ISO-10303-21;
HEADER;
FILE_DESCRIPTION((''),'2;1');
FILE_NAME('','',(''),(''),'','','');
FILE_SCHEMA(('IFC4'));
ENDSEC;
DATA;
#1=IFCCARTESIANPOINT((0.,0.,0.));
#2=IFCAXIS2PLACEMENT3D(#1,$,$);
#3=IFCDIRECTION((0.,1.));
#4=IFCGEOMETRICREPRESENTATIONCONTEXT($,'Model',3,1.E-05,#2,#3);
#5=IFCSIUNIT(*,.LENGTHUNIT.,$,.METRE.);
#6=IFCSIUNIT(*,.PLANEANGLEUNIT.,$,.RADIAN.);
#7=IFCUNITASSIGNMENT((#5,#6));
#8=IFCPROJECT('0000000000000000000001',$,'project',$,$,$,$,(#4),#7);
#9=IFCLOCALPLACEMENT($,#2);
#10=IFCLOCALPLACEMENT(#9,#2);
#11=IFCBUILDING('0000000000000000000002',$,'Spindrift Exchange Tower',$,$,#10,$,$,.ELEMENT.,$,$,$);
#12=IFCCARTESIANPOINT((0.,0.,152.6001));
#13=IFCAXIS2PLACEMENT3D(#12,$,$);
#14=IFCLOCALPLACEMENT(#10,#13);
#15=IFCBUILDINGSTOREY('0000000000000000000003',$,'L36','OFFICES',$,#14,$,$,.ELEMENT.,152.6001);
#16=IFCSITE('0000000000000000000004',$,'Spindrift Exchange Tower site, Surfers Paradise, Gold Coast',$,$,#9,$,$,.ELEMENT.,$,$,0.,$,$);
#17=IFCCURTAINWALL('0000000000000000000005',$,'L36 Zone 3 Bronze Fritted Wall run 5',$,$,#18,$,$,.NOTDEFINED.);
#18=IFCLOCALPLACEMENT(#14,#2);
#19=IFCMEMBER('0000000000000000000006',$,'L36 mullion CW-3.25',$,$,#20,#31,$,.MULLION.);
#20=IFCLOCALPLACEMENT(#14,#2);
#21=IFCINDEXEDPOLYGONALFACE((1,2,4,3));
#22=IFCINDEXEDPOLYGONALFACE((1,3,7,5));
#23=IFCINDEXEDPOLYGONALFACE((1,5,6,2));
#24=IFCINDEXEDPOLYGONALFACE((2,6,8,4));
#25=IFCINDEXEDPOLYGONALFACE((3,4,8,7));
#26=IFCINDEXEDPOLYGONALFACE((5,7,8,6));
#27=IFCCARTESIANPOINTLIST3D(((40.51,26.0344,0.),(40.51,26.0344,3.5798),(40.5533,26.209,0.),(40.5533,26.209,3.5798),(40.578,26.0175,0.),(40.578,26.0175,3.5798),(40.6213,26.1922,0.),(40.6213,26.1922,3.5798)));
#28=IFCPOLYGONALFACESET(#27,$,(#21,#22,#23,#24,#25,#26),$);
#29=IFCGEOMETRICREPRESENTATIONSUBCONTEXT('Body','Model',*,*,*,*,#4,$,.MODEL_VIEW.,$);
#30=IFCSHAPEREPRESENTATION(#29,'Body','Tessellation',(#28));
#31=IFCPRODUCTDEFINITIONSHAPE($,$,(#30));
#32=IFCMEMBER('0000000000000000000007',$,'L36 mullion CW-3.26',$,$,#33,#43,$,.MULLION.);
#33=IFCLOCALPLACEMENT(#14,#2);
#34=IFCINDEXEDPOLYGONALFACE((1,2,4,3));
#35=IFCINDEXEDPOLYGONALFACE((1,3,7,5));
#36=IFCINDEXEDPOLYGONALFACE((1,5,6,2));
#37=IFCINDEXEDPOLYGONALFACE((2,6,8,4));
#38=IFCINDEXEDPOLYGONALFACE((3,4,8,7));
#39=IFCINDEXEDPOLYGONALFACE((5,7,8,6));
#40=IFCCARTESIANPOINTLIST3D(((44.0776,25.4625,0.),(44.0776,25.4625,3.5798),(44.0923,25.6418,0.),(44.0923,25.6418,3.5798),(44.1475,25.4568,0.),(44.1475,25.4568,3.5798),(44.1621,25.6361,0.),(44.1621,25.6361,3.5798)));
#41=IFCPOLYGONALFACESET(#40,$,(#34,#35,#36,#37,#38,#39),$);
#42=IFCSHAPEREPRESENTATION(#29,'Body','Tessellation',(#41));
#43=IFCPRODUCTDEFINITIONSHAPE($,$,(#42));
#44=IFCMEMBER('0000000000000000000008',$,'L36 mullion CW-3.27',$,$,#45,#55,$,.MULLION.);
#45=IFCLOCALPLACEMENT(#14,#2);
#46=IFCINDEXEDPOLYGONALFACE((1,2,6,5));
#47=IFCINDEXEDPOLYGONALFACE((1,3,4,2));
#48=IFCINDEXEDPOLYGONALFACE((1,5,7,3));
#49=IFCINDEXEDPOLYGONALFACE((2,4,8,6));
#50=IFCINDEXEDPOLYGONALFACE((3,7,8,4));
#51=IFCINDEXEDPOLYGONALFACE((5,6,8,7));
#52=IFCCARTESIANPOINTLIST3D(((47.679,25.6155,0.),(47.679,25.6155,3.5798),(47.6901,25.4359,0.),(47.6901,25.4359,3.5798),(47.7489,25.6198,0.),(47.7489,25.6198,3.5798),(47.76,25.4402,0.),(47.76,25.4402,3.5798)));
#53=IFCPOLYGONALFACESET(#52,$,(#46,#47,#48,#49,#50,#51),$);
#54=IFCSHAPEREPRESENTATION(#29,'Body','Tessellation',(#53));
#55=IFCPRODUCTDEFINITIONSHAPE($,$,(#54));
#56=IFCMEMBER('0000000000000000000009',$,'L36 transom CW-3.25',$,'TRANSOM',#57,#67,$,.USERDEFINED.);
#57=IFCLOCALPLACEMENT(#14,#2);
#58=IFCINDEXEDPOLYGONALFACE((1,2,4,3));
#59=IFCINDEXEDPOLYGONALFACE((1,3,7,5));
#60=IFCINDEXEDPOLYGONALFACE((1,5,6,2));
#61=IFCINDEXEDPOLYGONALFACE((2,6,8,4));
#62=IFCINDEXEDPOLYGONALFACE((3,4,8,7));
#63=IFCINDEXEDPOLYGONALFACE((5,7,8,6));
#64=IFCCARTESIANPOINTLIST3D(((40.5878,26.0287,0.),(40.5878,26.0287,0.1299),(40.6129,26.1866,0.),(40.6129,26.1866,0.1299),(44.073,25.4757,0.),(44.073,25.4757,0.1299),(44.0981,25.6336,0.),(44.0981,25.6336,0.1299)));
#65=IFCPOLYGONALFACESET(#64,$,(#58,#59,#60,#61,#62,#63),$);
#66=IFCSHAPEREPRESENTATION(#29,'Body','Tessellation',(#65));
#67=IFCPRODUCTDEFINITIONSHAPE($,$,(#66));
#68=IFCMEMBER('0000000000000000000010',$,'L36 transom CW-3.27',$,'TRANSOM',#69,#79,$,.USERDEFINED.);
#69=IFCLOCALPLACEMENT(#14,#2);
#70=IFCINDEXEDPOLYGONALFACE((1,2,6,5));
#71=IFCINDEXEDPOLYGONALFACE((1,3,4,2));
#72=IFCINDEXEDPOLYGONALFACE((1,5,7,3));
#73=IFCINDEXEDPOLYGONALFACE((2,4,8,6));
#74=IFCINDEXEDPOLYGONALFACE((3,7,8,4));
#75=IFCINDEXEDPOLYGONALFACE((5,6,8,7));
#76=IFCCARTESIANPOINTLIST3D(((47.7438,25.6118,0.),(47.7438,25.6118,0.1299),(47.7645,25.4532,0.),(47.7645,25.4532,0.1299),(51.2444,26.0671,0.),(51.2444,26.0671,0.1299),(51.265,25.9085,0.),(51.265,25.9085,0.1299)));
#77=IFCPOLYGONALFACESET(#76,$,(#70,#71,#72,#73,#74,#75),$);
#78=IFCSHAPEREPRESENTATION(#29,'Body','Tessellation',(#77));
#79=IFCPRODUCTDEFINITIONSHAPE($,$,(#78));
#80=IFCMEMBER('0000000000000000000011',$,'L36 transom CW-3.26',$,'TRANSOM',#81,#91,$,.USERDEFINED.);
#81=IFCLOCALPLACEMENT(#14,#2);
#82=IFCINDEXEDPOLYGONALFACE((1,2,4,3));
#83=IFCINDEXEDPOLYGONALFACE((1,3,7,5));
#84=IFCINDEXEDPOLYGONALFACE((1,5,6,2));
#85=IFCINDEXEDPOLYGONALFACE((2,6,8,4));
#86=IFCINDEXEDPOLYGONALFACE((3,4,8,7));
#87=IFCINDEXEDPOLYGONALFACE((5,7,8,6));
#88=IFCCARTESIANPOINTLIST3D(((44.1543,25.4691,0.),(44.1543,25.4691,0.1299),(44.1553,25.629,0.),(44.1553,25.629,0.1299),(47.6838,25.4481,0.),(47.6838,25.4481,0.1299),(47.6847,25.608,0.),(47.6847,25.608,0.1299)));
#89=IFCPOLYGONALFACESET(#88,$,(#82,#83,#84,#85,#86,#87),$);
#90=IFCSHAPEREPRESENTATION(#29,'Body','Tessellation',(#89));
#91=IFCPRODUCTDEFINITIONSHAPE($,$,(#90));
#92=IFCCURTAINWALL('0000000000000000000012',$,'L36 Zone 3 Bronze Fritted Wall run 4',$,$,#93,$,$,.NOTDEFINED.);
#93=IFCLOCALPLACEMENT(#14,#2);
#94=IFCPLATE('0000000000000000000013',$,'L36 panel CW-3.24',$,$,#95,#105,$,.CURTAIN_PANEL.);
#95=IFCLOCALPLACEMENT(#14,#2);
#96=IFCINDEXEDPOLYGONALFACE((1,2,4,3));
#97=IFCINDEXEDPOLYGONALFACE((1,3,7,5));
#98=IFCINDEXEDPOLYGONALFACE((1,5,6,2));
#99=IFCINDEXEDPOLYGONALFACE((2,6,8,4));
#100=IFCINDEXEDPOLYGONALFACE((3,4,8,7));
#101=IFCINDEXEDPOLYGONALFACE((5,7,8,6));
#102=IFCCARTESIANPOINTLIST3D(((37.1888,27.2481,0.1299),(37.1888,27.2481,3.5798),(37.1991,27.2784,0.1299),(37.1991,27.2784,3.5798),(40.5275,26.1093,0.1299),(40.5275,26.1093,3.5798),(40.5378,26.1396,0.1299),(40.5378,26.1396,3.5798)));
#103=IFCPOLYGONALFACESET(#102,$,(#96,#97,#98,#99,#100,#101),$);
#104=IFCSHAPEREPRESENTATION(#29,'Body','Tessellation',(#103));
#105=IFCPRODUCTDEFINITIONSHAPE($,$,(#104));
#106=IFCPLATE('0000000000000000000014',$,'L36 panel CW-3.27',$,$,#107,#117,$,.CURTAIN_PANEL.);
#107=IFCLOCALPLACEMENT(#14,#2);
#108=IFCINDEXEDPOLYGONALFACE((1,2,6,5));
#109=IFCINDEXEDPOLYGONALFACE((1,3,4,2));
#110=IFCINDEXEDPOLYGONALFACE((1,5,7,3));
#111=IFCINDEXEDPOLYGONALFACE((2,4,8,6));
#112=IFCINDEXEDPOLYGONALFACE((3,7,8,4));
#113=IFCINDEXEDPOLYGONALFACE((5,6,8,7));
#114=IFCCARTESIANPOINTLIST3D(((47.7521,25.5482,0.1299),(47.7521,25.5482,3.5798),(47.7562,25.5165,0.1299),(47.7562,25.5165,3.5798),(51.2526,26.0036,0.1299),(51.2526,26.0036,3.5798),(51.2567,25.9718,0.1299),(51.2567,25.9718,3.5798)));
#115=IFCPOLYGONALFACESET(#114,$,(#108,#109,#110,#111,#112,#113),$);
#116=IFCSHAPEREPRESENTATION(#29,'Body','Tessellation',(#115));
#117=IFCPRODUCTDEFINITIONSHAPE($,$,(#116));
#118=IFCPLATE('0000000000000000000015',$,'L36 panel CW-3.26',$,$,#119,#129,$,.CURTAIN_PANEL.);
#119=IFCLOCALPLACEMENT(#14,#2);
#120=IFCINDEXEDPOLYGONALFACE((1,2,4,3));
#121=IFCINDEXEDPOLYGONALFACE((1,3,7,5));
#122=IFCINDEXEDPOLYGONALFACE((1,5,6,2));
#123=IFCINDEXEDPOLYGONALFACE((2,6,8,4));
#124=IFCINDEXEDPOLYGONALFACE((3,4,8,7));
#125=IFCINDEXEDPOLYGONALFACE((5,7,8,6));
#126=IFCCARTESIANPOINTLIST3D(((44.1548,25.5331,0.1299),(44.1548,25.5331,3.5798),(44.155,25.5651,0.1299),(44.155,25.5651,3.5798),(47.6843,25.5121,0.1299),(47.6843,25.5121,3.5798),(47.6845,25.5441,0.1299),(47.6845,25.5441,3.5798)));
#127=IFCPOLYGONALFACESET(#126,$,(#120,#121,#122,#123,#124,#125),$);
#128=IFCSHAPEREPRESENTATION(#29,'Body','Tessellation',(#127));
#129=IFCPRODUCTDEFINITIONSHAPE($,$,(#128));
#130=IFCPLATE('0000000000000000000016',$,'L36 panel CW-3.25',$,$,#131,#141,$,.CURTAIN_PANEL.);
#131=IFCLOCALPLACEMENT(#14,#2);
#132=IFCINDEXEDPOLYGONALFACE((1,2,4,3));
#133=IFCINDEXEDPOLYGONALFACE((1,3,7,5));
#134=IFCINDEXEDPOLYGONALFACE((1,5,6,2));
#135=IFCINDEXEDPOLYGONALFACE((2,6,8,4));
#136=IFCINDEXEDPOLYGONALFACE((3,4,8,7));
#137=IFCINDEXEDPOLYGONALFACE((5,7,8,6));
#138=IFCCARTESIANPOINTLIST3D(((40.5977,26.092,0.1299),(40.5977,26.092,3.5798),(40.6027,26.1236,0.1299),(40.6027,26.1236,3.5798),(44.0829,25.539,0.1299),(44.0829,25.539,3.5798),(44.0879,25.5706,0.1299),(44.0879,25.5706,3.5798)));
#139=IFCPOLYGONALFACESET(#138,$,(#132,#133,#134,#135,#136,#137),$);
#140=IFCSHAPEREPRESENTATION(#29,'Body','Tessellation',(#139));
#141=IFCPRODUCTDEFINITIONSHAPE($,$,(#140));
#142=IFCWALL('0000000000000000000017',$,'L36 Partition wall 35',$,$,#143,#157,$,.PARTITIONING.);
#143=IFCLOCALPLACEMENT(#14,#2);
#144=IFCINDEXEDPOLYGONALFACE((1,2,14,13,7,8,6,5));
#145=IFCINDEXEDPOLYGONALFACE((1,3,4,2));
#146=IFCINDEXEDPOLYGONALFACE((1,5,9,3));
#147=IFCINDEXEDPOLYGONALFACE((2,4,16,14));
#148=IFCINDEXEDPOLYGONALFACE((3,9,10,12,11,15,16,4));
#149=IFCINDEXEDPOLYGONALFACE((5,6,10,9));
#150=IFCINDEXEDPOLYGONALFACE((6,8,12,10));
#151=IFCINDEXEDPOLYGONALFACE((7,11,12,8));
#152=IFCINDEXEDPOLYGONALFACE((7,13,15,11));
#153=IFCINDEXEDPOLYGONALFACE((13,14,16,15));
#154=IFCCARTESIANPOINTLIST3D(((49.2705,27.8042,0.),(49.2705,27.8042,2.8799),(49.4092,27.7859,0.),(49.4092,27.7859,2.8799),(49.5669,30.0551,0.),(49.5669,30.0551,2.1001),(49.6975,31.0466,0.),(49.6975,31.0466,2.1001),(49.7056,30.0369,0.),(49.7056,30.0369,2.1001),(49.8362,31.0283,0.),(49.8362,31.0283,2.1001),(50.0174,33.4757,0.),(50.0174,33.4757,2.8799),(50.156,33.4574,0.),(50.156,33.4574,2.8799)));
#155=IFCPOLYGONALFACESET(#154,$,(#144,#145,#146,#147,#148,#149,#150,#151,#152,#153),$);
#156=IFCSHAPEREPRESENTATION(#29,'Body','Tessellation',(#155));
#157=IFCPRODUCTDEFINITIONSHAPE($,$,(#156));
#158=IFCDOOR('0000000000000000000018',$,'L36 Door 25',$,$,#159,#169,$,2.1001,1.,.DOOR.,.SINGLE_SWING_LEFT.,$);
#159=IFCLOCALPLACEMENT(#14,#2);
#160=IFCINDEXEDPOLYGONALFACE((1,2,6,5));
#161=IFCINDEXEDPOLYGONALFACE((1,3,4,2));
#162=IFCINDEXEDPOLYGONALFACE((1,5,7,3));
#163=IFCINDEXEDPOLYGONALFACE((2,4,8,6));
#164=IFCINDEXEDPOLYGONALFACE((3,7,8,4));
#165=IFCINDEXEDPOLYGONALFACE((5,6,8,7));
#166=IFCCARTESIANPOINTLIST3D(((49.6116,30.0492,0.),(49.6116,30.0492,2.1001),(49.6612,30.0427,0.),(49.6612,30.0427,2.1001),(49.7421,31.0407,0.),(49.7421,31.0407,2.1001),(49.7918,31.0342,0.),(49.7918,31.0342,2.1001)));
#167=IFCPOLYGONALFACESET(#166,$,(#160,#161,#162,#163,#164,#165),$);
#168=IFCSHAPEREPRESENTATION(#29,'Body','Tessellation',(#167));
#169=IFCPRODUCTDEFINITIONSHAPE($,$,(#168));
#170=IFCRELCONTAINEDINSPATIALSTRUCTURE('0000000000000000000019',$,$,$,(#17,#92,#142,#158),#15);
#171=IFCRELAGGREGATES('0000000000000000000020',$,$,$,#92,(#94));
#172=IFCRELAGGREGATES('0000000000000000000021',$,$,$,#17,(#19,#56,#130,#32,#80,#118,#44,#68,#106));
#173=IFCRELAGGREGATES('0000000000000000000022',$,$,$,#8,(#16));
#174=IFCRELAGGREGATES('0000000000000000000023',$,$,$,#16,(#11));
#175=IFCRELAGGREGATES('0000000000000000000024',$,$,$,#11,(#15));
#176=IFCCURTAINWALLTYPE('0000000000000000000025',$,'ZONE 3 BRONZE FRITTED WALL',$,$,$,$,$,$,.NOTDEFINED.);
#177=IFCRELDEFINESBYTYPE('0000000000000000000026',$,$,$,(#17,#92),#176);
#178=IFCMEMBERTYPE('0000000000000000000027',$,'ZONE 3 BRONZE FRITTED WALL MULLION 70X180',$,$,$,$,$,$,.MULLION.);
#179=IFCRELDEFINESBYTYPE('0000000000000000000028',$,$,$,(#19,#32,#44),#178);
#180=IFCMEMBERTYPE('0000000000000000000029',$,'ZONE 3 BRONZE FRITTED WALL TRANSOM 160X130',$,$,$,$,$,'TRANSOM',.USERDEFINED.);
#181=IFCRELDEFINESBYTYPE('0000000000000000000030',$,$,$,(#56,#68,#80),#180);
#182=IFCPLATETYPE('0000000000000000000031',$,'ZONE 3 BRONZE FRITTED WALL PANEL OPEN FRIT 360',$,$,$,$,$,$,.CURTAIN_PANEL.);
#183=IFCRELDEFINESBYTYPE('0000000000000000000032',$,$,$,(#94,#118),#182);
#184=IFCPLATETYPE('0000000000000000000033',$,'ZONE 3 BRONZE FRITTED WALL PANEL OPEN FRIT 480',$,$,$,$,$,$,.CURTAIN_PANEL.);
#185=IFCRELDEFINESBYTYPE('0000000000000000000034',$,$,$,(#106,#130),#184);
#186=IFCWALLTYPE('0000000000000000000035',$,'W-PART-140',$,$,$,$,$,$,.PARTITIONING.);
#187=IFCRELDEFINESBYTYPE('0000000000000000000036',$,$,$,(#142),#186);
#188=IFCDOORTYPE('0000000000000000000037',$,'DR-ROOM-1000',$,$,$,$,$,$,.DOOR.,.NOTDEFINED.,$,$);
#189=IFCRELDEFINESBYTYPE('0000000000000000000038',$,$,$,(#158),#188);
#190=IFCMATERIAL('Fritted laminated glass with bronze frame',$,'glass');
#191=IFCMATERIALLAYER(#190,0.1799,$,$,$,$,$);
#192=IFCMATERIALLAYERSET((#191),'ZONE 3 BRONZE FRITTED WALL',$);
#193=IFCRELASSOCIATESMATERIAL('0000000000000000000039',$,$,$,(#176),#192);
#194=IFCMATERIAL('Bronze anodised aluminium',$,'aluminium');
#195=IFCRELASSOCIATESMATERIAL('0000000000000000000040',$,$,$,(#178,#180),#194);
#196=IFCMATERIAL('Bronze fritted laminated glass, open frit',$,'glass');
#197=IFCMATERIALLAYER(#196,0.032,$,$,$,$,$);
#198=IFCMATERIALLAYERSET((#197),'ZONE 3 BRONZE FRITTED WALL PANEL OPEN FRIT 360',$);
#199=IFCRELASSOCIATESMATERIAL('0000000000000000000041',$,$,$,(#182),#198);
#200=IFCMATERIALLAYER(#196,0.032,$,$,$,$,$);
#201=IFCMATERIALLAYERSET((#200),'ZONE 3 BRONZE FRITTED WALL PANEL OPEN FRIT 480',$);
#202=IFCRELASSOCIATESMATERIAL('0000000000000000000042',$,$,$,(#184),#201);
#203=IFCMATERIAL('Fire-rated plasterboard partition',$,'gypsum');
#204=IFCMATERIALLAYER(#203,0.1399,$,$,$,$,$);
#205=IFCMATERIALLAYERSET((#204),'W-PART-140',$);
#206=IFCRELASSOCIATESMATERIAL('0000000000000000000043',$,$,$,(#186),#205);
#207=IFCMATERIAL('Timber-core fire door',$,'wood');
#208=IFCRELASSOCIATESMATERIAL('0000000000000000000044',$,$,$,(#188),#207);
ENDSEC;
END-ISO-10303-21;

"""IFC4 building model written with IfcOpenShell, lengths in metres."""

from ifc_helpers import new_model, si_unit, direction, frame, frame_2d, origin, origin_2d, place, context, subcontext, project, spatial, rectangle, extrude, source, transform, mapped, material, layer, layer_set, material_profile, profile_set, type_object, element, fill, aggregate, save


model = new_model("IFC4")

# Units and contexts
model_context = context("Model", 3, precision=1e-05, world=origin(), true_north=direction((0.0, 1.0)))
body_context = subcontext(model_context, "Body", "Model", "MODEL_VIEW")
ifc_project = project(units=[si_unit("LENGTHUNIT", "METRE"), si_unit("PLANEANGLEUNIT", "RADIAN")], contexts=[model_context])

# Site, building, storey
site_placement = place(None, origin())
site = spatial("IfcSite", under=ifc_project, at=site_placement, Name="Spindrift Exchange Tower site, Surfers Paradise, Gold Coast", CompositionType="ELEMENT", RefElevation=0.0)
building_placement = place(site_placement, origin())
building = spatial("IfcBuilding", under=site, at=building_placement, Name="Spindrift Exchange Tower", CompositionType="ELEMENT")
storey_placement = place(building_placement, frame((0.0, 0.0, 152.6001)))
storey = spatial("IfcBuildingStorey", under=building, at=storey_placement, Name="L36", Description="OFFICES", CompositionType="ELEMENT", Elevation=152.6001)

# Curtain wall, members
ifc_material_1 = material(Name="Fritted laminated glass with bronze frame", Category="glass")
ifc_layer_1 = layer(ifc_material_1, 0.1799)
ifc_layer_set_1 = layer_set([ifc_layer_1], Name="ZONE 3 BRONZE FRITTED WALL")
curtain_wall_type = type_object("IfcCurtainWallType", Name="ZONE 3 BRONZE FRITTED WALL", PredefinedType="NOTDEFINED", material=ifc_layer_set_1)
curtain_wall_1_placement = place(storey_placement, origin())
curtain_wall_1 = element("IfcCurtainWall", 1, at=curtain_wall_1_placement, inside=storey, type_object=curtain_wall_type, Name="L36 Zone 3 Bronze Fritted Wall run 5", PredefinedType="NOTDEFINED")
ifc_material_2 = material(Name="Bronze anodised aluminium", Category="aluminium")
ifc_material_profile_1 = material_profile(ifc_material_2, rectangle(XDim=0.0701, YDim=0.1799, at=origin_2d()), Name="ZONE 3 BRONZE FRITTED WALL MULLION 70X180")
ifc_profile_set_1 = profile_set([ifc_material_profile_1], Name="Bronze anodised aluminium")
member_type_1 = type_object("IfcMemberType", Name="ZONE 3 BRONZE FRITTED WALL MULLION 70X180", PredefinedType="MULLION", material=ifc_profile_set_1)
shared_shape_1 = source(origin(), body_context, "Body", "SweptSolid", [
    extrude(rectangle(XDim=0.0701, YDim=0.1799, at=origin_2d()), origin(), (0.0, 0.0, 1.0), 3.5798),
])
member_1_placement = place(storey_placement, frame((40.5657, 26.1133, 0.0), z_axis=(0.0, 0.0, 1.0), x_axis=(0.970614, -0.240644, 0.0)))
member_1 = element("IfcMember", 2, at=member_1_placement, type_object=member_type_1, Name="L36 mullion CW-3.25", PredefinedType="MULLION", context=body_context, shape_type="MappedRepresentation", body=[
    mapped(shared_shape_1, transform((0.0, 0.0, 0.0), scale=1.0)),
])
member_2_placement = place(storey_placement, frame((44.1199, 25.5493, 0.0), z_axis=(0.0, 0.0, 1.0), x_axis=(0.996669, -0.081555, 0.0)))
member_2 = element("IfcMember", 3, at=member_2_placement, type_object=member_type_1, Name="L36 mullion CW-3.26", PredefinedType="MULLION", context=body_context, shape_type="MappedRepresentation", body=[
    mapped(shared_shape_1, transform((0.0, 0.0, 0.0), scale=1.0)),
])
member_3_placement = place(storey_placement, frame((47.7195, 25.5278, 0.0), z_axis=(0.0, 0.0, 1.0), x_axis=(0.998097, 0.061669, 0.0)))
member_3 = element("IfcMember", 4, at=member_3_placement, type_object=member_type_1, Name="L36 mullion CW-3.27", PredefinedType="MULLION", context=body_context, shape_type="MappedRepresentation", body=[
    mapped(shared_shape_1, transform((0.0, 0.0, 0.0), scale=1.0)),
])
ifc_material_profile_2 = material_profile(ifc_material_2, rectangle(XDim=0.1599, YDim=0.1299, at=origin_2d()), Name="ZONE 3 BRONZE FRITTED WALL TRANSOM 160X130")
ifc_profile_set_2 = profile_set([ifc_material_profile_2], Name="Bronze anodised aluminium")
member_type_2 = type_object("IfcMemberType", Name="ZONE 3 BRONZE FRITTED WALL TRANSOM 160X130", ElementType="TRANSOM", PredefinedType="USERDEFINED", material=ifc_profile_set_2)
shared_shape_2 = source(origin(), body_context, "Body", "SweptSolid", [
    extrude(rectangle(XDim=0.1599, YDim=0.1299, at=origin_2d()), origin(), (0.0, 0.0, 1.0), 3.5288),
])
member_4_placement = place(storey_placement, frame((40.6003, 26.1077, 0.0649), z_axis=(0.987645, -0.156709, 0.0), x_axis=(0.156709, 0.987645, 0.0)))
member_4 = element("IfcMember", 5, at=member_4_placement, type_object=member_type_2, Name="L36 transom CW-3.25", ObjectType="TRANSOM", PredefinedType="USERDEFINED", context=body_context, shape_type="MappedRepresentation", body=[
    mapped(shared_shape_2, transform((0.0, 0.0, 0.0), scale=1.0)),
])
shared_shape_3 = source(origin(), body_context, "Body", "SweptSolid", [
    extrude(rectangle(XDim=0.1599, YDim=0.1299, at=origin_2d()), origin(), (0.0, 0.0, 1.0), 3.53),
])
member_5_placement = place(storey_placement, frame((47.7542, 25.5325, 0.0649), z_axis=(0.991646, 0.128987, 0.0), x_axis=(-0.128987, 0.991646, 0.0)))
member_5 = element("IfcMember", 6, at=member_5_placement, type_object=member_type_2, Name="L36 transom CW-3.27", ObjectType="TRANSOM", PredefinedType="USERDEFINED", context=body_context, shape_type="MappedRepresentation", body=[
    mapped(shared_shape_3, transform((0.0, 0.0, 0.0), scale=1.0)),
])
shared_shape_4 = source(origin(), body_context, "Body", "SweptSolid", [
    extrude(rectangle(XDim=0.1599, YDim=0.1299, at=origin_2d()), origin(), (0.0, 0.0, 1.0), 3.5295),
])
member_6_placement = place(storey_placement, frame((44.1548, 25.5491, 0.0649), z_axis=(0.999982, -0.005949, 0.0), x_axis=(0.005949, 0.999982, 0.0)))
member_6 = element("IfcMember", 7, at=member_6_placement, type_object=member_type_2, Name="L36 transom CW-3.26", ObjectType="TRANSOM", PredefinedType="USERDEFINED", context=body_context, shape_type="MappedRepresentation", body=[
    mapped(shared_shape_4, transform((0.0, 0.0, 0.0), scale=1.0)),
])

# Curtain wall, plate
curtain_wall_2_placement = place(storey_placement, origin())
curtain_wall_2 = element("IfcCurtainWall", 8, at=curtain_wall_2_placement, inside=storey, type_object=curtain_wall_type, Name="L36 Zone 3 Bronze Fritted Wall run 4", PredefinedType="NOTDEFINED")
ifc_material_3 = material(Name="Bronze fritted laminated glass, open frit", Category="glass")
ifc_layer_2 = layer(ifc_material_3, 0.032)
ifc_layer_set_2 = layer_set([ifc_layer_2], Name="ZONE 3 BRONZE FRITTED WALL PANEL OPEN FRIT 360")
plate_type_1 = type_object("IfcPlateType", Name="ZONE 3 BRONZE FRITTED WALL PANEL OPEN FRIT 360", PredefinedType="CURTAIN_PANEL", material=ifc_layer_set_2)
shared_shape_5 = source(origin(), body_context, "Body", "SweptSolid", [
    extrude(rectangle(XDim=3.5276, YDim=0.032, at=origin_2d()), origin(), (0.0, 0.0, 1.0), 3.45),
])
plate_1_placement = place(storey_placement, frame((38.8633, 26.6938, 0.1299), z_axis=(0.0, 0.0, 1.0), x_axis=(0.946459, -0.322824, 0.0)))
plate_1 = element("IfcPlate", 9, at=plate_1_placement, type_object=plate_type_1, Name="L36 panel CW-3.24", PredefinedType="CURTAIN_PANEL", context=body_context, shape_type="MappedRepresentation", body=[
    mapped(shared_shape_5, transform((0.0, 0.0, 0.0), scale=1.0)),
])
aggregate(curtain_wall_2, [plate_1])

# Plates
ifc_layer_3 = layer(ifc_material_3, 0.032)
ifc_layer_set_3 = layer_set([ifc_layer_3], Name="ZONE 3 BRONZE FRITTED WALL PANEL OPEN FRIT 480")
plate_type_2 = type_object("IfcPlateType", Name="ZONE 3 BRONZE FRITTED WALL PANEL OPEN FRIT 480", PredefinedType="CURTAIN_PANEL", material=ifc_layer_set_3)
shared_shape_6 = source(origin(), body_context, "Body", "SweptSolid", [
    extrude(rectangle(XDim=3.53, YDim=0.032, at=origin_2d()), origin(), (0.0, 0.0, 1.0), 3.45),
])
plate_2_placement = place(storey_placement, frame((49.5044, 25.76, 0.1299), z_axis=(0.0, 0.0, 1.0), x_axis=(0.991644, 0.129002, 0.0)))
plate_2 = element("IfcPlate", 10, at=plate_2_placement, type_object=plate_type_2, Name="L36 panel CW-3.27", PredefinedType="CURTAIN_PANEL", context=body_context, shape_type="MappedRepresentation", body=[
    mapped(shared_shape_6, transform((0.0, 0.0, 0.0), scale=1.0)),
])
shared_shape_7 = source(origin(), body_context, "Body", "SweptSolid", [
    extrude(rectangle(XDim=3.5295, YDim=0.032, at=origin_2d()), origin(), (0.0, 0.0, 1.0), 3.45),
])
plate_3_placement = place(storey_placement, frame((45.9197, 25.5386, 0.1299), z_axis=(0.0, 0.0, 1.0), x_axis=(0.999982, -0.005945, 0.0)))
plate_3 = element("IfcPlate", 11, at=plate_3_placement, type_object=plate_type_1, Name="L36 panel CW-3.26", PredefinedType="CURTAIN_PANEL", context=body_context, shape_type="MappedRepresentation", body=[
    mapped(shared_shape_7, transform((0.0, 0.0, 0.0), scale=1.0)),
])
shared_shape_8 = source(origin(), body_context, "Body", "SweptSolid", [
    extrude(rectangle(XDim=3.5288, YDim=0.032, at=origin_2d()), origin(), (0.0, 0.0, 1.0), 3.45),
])
plate_4_placement = place(storey_placement, frame((42.3428, 25.8313, 0.1299), z_axis=(0.0, 0.0, 1.0), x_axis=(0.987647, -0.156698, 0.0)))
plate_4 = element("IfcPlate", 12, at=plate_4_placement, type_object=plate_type_2, Name="L36 panel CW-3.25", PredefinedType="CURTAIN_PANEL", context=body_context, shape_type="MappedRepresentation", body=[
    mapped(shared_shape_8, transform((0.0, 0.0, 0.0), scale=1.0)),
])
aggregate(curtain_wall_1, [member_1, member_4, plate_4, member_2, member_6, plate_3, member_3, member_5, plate_2])

# Wall, opening, door
ifc_material_4 = material(Name="Fire-rated plasterboard partition", Category="gypsum")
ifc_layer_4 = layer(ifc_material_4, 0.1399)
ifc_layer_set_4 = layer_set([ifc_layer_4], Name="W-PART-140")
wall_type = type_object("IfcWallType", Name="W-PART-140", PredefinedType="PARTITIONING", material=ifc_layer_set_4)
wall_1_placement = place(storey_placement, frame((49.3398, 27.7949, 0.0), z_axis=(0.0, 0.0, 1.0), x_axis=(0.130556, 0.991441, 0.0)))
wall_1 = element("IfcWall", 13, at=wall_1_placement, inside=storey, type_object=wall_type, Name="L36 Partition wall 35", PredefinedType="PARTITIONING", context=body_context, shape_type="SweptSolid", body=[
    extrude(rectangle(XDim=5.7205, YDim=0.1399, at=frame_2d((2.8604, 0.0))), origin(), (0.0, 0.0, 1.0), 2.8799),
])
opening_placement = place(wall_1_placement, frame((2.2705, 0.0, 0.0)))
opening = element("IfcOpeningElement", 14, at=opening_placement, cuts=wall_1, PredefinedType="OPENING", context=body_context, shape_type="SweptSolid", body=[
    extrude(rectangle(XDim=1.0, YDim=2.1001, at=frame_2d((0.5, 1.05))), frame((0.0, 0.0798, 0.0), z_axis=(0.0, -1.0, 0.0), x_axis=(1.0, 0.0, 0.0)), (0.0, 0.0, 1.0), 0.1599),
])
ifc_material_5 = material(Name="Timber-core fire door", Category="wood")
door_type = type_object("IfcDoorType", Name="DR-ROOM-1000", OperationType="NOTDEFINED", PredefinedType="DOOR", material=ifc_material_5)
shared_shape_9 = source(origin(), body_context, "Body", "SweptSolid", [
    extrude(rectangle(XDim=1.0, YDim=2.1001, at=frame_2d((0.5, 1.05))), frame((0.0, 0.0249, 0.0), z_axis=(0.0, -1.0, 0.0), x_axis=(1.0, 0.0, 0.0)), (0.0, 0.0, 1.0), 0.05),
])
door_placement = place(opening_placement, origin())
door = element("IfcDoor", 15, at=door_placement, inside=storey, type_object=door_type, Name="L36 Door 25", OperationType="SINGLE_SWING_LEFT", OverallHeight=2.1001, OverallWidth=1.0, PredefinedType="DOOR", context=body_context, shape_type="MappedRepresentation", body=[
    mapped(shared_shape_9, transform((0.0, 0.0, 0.0), scale=1.0)),
])
fill(opening, door)

save(model, "model.ifc")
